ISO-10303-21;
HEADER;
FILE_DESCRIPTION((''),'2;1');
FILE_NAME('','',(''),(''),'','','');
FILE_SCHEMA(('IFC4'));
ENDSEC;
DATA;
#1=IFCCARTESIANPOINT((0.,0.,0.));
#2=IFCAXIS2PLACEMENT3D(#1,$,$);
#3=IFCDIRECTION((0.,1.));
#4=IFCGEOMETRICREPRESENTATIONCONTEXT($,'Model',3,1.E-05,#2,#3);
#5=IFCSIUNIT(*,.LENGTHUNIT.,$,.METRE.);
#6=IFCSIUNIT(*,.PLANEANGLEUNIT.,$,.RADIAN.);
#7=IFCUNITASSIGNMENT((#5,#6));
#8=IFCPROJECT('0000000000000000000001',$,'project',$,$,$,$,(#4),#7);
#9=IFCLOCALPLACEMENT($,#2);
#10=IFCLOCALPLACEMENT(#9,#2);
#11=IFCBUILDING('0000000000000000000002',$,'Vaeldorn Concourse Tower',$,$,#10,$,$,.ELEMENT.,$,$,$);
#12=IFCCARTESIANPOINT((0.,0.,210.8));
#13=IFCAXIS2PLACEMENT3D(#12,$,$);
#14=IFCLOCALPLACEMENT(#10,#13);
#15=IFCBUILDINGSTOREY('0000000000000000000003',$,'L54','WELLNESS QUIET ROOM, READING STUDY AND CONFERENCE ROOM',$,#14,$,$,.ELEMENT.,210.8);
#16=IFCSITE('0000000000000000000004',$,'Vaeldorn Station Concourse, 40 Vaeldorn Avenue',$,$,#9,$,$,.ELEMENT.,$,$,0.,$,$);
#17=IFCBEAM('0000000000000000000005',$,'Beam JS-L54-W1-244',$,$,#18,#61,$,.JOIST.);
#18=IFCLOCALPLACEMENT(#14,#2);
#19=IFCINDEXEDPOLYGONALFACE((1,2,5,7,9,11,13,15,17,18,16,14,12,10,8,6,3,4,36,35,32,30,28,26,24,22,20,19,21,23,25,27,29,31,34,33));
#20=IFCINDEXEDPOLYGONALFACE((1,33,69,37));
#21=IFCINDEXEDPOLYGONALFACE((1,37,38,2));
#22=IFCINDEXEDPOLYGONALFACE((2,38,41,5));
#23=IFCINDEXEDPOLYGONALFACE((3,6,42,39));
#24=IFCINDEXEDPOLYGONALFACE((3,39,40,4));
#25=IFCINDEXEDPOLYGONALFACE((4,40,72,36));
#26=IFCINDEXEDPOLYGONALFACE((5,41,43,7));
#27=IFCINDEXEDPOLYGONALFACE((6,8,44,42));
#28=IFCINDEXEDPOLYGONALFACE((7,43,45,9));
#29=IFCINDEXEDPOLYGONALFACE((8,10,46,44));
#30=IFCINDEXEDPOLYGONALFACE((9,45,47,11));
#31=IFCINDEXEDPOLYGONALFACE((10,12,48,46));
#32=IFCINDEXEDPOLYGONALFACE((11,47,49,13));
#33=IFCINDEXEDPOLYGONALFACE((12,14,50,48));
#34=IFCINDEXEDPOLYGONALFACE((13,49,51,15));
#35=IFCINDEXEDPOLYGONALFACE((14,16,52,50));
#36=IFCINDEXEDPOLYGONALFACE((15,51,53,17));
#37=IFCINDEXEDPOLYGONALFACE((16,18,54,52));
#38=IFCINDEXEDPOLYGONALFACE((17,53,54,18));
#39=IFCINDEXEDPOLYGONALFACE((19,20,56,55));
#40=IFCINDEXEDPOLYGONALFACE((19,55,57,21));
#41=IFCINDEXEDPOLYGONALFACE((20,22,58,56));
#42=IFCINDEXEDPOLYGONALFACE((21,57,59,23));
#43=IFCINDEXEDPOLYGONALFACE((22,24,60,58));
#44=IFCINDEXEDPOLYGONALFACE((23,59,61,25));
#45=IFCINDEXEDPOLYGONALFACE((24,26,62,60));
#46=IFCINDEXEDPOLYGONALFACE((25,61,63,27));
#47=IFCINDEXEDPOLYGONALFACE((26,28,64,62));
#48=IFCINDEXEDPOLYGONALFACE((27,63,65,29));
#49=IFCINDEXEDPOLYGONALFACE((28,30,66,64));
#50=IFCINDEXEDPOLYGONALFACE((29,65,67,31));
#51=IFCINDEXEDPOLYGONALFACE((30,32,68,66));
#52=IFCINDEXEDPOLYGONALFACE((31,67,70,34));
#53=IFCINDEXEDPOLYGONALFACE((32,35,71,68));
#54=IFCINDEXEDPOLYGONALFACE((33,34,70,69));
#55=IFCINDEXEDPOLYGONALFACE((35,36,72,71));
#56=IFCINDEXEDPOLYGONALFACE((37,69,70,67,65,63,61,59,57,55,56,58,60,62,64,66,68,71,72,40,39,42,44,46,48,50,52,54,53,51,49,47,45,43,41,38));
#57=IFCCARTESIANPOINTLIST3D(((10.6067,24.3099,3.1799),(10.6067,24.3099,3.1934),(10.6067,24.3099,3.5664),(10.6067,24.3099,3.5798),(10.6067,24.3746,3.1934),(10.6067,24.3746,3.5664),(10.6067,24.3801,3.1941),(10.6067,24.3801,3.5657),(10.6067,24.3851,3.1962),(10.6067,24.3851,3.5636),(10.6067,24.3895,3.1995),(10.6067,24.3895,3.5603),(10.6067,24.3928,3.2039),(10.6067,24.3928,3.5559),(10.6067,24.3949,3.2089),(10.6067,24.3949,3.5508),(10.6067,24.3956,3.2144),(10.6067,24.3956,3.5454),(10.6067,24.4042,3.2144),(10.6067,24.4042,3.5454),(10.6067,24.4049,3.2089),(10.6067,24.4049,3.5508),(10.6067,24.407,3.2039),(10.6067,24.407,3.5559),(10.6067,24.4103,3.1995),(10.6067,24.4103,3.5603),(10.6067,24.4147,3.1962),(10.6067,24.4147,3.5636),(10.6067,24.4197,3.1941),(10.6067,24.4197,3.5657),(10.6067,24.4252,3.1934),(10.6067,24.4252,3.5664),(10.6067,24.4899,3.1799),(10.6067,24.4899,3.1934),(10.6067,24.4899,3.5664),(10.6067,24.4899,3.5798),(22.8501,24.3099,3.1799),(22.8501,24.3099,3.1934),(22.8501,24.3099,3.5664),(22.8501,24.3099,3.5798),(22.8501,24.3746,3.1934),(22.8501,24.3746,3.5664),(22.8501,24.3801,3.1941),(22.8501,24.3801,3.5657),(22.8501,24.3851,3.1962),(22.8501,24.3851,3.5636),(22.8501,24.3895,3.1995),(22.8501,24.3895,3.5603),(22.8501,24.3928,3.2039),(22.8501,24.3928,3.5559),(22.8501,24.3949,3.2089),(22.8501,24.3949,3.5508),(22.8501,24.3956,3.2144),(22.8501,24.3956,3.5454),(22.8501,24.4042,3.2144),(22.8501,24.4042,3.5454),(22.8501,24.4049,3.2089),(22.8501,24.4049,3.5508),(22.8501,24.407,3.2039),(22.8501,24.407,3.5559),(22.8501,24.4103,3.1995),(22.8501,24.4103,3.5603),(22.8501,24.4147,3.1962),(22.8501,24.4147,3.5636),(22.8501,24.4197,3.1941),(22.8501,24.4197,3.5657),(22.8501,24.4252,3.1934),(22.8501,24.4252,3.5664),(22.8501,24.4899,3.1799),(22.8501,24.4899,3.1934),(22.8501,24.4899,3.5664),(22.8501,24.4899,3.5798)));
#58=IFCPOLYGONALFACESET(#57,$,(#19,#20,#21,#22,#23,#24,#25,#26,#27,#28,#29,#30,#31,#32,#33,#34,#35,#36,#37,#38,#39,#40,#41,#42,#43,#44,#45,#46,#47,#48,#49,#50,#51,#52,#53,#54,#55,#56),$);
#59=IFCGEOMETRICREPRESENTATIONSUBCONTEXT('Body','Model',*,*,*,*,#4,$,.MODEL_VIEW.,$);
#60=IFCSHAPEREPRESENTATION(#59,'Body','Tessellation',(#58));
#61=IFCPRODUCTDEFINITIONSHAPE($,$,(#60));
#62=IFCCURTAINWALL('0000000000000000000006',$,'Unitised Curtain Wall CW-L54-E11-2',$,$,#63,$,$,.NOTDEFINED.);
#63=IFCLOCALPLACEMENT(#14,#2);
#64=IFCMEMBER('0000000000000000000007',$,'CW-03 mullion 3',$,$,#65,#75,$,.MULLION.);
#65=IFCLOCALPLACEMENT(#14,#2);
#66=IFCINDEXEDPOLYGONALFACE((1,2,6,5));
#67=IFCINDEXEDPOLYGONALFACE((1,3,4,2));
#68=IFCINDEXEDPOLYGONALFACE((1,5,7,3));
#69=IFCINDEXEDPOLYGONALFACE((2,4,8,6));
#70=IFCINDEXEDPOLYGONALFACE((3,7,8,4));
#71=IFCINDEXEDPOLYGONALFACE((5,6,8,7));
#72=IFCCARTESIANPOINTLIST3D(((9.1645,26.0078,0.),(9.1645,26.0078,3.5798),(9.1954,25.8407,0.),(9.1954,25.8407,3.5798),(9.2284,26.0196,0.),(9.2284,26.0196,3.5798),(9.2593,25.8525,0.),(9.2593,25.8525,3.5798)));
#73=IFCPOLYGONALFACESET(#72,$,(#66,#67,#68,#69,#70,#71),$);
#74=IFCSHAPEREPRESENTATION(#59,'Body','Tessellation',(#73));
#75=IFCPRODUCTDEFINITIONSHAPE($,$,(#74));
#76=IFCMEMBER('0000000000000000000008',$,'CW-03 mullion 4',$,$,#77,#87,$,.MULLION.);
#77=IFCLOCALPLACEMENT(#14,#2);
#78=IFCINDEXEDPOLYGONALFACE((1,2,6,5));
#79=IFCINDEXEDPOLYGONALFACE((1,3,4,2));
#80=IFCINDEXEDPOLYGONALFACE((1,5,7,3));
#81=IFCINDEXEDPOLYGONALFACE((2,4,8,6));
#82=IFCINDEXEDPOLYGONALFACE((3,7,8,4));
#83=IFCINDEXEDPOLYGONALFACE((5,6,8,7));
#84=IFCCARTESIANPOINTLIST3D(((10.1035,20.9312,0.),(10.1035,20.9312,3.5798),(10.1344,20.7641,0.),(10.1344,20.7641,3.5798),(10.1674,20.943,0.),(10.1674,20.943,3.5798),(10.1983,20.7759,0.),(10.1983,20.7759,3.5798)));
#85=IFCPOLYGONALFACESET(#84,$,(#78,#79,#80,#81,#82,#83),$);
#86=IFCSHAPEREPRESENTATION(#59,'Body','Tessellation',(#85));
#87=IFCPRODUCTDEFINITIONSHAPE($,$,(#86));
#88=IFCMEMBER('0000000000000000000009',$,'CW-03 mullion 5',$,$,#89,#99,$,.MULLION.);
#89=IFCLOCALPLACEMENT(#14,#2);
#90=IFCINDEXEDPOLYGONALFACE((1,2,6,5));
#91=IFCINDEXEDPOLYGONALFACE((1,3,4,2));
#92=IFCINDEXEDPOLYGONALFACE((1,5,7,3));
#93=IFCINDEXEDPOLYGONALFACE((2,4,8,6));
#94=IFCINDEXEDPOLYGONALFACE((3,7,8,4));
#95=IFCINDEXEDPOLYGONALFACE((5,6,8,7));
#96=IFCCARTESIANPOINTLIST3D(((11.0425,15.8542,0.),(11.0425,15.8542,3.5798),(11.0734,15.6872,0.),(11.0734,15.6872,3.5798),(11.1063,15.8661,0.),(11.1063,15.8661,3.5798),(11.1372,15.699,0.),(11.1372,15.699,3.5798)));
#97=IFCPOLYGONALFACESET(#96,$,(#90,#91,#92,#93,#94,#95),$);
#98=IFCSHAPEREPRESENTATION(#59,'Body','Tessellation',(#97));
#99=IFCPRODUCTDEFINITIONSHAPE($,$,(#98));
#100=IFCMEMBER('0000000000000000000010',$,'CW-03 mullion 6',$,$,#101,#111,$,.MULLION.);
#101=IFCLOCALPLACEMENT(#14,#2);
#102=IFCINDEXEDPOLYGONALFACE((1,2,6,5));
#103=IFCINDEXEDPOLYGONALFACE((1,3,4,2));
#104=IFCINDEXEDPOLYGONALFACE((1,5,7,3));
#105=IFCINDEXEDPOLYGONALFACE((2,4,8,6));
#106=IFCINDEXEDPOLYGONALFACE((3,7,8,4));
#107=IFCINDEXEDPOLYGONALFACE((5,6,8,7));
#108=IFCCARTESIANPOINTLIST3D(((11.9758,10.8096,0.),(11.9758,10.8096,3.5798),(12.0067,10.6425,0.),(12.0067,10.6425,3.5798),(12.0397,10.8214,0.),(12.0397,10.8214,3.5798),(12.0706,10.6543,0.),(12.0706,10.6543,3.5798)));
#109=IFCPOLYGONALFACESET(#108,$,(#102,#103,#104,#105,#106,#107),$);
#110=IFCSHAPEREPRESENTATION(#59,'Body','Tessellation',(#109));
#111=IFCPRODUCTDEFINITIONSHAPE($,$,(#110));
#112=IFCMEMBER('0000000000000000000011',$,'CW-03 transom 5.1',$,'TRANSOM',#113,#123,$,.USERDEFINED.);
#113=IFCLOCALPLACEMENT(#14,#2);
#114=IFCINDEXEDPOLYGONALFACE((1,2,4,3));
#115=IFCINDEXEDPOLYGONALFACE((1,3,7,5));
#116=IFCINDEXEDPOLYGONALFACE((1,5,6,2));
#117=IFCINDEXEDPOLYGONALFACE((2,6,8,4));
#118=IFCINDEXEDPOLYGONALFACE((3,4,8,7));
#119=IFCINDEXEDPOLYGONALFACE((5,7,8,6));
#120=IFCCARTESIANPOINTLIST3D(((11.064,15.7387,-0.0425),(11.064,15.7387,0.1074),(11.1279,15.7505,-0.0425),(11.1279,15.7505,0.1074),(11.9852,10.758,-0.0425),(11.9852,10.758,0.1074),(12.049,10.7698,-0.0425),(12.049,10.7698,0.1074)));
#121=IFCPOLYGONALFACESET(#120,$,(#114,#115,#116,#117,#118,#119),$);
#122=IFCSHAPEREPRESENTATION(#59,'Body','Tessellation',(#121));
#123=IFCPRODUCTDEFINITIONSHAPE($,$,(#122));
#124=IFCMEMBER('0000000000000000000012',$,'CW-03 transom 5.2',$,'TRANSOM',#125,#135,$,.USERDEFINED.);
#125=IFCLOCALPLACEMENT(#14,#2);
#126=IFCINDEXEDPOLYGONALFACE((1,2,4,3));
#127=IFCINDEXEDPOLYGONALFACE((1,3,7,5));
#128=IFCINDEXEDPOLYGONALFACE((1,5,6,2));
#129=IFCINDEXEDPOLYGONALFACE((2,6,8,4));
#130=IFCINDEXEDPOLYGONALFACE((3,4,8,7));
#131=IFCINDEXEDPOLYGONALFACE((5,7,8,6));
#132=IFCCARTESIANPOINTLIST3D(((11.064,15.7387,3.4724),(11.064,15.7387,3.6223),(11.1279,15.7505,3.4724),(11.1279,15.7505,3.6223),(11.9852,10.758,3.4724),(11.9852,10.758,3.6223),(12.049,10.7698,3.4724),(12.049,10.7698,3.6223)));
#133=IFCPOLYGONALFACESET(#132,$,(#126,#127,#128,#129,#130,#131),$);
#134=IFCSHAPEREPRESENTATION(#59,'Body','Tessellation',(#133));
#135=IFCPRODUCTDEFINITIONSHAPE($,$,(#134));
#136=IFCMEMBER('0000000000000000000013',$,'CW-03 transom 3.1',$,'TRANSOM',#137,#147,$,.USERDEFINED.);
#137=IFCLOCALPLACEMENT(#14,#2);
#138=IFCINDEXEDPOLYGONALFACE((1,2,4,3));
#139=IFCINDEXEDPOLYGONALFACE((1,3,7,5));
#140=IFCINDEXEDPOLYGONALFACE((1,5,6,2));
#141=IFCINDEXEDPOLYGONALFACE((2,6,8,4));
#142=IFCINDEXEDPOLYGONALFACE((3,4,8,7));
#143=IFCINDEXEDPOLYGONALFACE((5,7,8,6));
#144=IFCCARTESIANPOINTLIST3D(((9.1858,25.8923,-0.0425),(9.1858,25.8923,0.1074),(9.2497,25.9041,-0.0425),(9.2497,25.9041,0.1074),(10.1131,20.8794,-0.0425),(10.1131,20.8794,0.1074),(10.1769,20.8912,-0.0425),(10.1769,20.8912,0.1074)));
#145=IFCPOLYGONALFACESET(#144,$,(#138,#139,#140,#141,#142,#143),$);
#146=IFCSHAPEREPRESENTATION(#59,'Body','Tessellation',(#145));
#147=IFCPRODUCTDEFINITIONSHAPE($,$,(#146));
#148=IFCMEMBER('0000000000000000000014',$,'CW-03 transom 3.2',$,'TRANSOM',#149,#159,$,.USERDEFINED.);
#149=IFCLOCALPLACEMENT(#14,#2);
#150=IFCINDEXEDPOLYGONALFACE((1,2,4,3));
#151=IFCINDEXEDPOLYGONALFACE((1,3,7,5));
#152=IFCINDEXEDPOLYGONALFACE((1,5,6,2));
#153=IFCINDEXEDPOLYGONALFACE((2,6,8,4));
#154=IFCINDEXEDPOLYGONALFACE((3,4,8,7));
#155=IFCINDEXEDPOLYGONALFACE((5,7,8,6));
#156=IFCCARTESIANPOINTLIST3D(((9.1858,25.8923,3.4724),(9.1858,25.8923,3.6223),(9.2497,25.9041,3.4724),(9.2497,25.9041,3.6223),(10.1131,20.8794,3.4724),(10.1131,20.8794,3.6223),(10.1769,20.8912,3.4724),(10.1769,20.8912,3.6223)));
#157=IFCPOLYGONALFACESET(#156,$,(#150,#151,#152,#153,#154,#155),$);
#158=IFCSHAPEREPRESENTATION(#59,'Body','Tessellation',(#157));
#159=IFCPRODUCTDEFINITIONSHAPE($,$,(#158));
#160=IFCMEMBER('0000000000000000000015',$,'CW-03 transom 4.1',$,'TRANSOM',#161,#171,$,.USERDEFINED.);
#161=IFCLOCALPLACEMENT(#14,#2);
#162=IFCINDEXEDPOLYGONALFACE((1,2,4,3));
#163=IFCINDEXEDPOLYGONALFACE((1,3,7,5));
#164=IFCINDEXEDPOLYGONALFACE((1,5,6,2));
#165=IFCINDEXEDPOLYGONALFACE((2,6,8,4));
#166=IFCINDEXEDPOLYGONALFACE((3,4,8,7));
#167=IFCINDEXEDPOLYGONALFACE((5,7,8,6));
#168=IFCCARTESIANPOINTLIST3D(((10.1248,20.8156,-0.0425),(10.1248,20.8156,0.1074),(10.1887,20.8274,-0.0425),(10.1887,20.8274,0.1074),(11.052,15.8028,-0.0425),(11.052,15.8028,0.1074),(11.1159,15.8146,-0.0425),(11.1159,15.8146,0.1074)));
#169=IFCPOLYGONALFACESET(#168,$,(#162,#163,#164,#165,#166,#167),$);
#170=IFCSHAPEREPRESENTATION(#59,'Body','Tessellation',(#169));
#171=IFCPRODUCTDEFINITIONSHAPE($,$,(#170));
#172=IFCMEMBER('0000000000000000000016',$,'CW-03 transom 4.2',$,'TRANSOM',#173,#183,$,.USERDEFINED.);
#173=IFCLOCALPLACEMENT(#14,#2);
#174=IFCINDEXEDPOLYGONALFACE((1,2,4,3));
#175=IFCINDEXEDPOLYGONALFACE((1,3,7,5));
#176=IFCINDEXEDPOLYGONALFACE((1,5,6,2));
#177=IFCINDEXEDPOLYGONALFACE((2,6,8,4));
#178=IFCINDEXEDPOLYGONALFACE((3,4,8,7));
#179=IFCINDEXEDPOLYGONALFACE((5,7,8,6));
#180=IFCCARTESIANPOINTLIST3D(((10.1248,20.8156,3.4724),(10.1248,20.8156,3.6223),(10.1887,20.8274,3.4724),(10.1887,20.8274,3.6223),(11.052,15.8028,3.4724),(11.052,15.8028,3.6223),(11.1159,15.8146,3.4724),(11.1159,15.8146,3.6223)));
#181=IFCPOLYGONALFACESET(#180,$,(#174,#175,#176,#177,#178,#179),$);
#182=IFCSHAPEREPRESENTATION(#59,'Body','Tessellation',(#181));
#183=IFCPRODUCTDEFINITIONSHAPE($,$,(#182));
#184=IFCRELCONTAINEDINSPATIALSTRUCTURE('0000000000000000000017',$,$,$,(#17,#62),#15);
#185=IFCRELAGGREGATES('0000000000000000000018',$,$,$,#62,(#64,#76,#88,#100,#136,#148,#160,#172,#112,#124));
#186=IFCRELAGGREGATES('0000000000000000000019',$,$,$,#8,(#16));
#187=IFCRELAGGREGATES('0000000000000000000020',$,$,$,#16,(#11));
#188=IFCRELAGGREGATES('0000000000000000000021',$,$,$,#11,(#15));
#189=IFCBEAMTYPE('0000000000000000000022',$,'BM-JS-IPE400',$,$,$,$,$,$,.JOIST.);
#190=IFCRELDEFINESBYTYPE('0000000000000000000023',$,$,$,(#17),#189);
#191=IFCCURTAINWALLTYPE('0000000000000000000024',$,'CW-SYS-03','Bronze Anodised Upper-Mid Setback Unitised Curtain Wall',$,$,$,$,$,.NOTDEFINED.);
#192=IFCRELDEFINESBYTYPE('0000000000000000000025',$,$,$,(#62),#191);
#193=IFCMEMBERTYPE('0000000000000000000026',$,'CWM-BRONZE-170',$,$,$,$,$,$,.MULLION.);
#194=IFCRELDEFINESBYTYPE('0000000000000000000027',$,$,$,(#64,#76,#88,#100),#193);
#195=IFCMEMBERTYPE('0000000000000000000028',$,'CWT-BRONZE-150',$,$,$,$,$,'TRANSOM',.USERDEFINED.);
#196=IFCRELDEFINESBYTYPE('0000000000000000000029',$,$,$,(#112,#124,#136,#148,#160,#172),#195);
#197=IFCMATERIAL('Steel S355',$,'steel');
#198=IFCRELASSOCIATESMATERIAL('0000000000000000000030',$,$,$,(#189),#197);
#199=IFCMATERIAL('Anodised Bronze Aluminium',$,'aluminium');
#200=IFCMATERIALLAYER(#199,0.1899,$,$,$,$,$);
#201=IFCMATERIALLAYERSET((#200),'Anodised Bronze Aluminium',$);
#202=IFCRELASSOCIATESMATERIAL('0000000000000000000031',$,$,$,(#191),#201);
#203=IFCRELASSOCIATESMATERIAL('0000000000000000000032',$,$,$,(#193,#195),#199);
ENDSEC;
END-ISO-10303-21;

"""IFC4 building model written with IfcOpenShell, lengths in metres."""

from ifc_helpers import new_model, si_unit, direction, frame, origin, origin_2d, place, context, subcontext, project, spatial, rectangle, i_section, extrude, source, transform, mapped, material, layer, layer_set, material_profile, profile_set, type_object, element, aggregate, save


model = new_model("IFC4")

# Units and contexts
model_context = context("Model", 3, precision=1e-05, world=origin(), true_north=direction((0.0, 1.0)))
body_context = subcontext(model_context, "Body", "Model", "MODEL_VIEW")
ifc_project = project(units=[si_unit("LENGTHUNIT", "METRE"), si_unit("PLANEANGLEUNIT", "RADIAN")], contexts=[model_context])

# Site, building, storey
site_placement = place(None, origin())
site = spatial("IfcSite", under=ifc_project, at=site_placement, Name="Vaeldorn Station Concourse, 40 Vaeldorn Avenue", CompositionType="ELEMENT", RefElevation=0.0)
building_placement = place(site_placement, origin())
building = spatial("IfcBuilding", under=site, at=building_placement, Name="Vaeldorn Concourse Tower", CompositionType="ELEMENT")
storey_placement = place(building_placement, frame((0.0, 0.0, 210.8)))
storey = spatial("IfcBuildingStorey", under=building, at=storey_placement, Name="L54", Description="WELLNESS QUIET ROOM, READING STUDY AND CONFERENCE ROOM", CompositionType="ELEMENT", Elevation=210.8)

# Shared definitions
ifc_material_1 = material(Name="Steel S355", Category="steel")

# Beam
ifc_material_profile_1 = material_profile(ifc_material_1, i_section(OverallWidth=0.1799, OverallDepth=0.3999, WebThickness=0.0085, FlangeThickness=0.0134, FilletRadius=0.021, at=origin_2d()), Name="IPE 400")
ifc_profile_set_1 = profile_set([ifc_material_profile_1], Name="Steel S355")
beam_type_1 = type_object("IfcBeamType", Name="BM-JS-IPE400", PredefinedType="JOIST", material=ifc_profile_set_1)
shared_shape_1 = source(origin(), body_context, "Body", "SweptSolid", [
    extrude(i_section(OverallWidth=0.1799, OverallDepth=0.3999, WebThickness=0.0085, FlangeThickness=0.0134, FilletRadius=0.021, at=origin_2d()), origin(), (0.0, 0.0, 1.0), 12.2434),
])
beam_1_placement = place(storey_placement, frame((10.6067, 24.3999, 3.3799), z_axis=(1.0, 0.0, 0.0), x_axis=(0.0, 1.0, 0.0)))
element("IfcBeam", 1, at=beam_1_placement, inside=storey, type_object=beam_type_1, Name="Beam JS-L54-W1-244", PredefinedType="JOIST", context=body_context, shape_type="MappedRepresentation", body=[
    mapped(shared_shape_1, transform((0.0, 0.0, 0.0), scale=1.0)),
])

# Curtain wall, members
ifc_material_2 = material(Name="Anodised Bronze Aluminium", Category="aluminium")
ifc_layer_1 = layer(ifc_material_2, 0.1899)
ifc_layer_set_1 = layer_set([ifc_layer_1], Name="Anodised Bronze Aluminium")
curtain_wall_type = type_object("IfcCurtainWallType", Name="CW-SYS-03", Description="Bronze Anodised Upper-Mid Setback Unitised Curtain Wall", PredefinedType="NOTDEFINED", material=ifc_layer_set_1)
curtain_wall_placement = place(storey_placement, origin())
curtain_wall = element("IfcCurtainWall", 2, at=curtain_wall_placement, inside=storey, type_object=curtain_wall_type, Name="Unitised Curtain Wall CW-L54-E11-2", PredefinedType="NOTDEFINED")
ifc_material_profile_2 = material_profile(ifc_material_2, rectangle(XDim=0.0649, YDim=0.1699, at=origin_2d()), Name="CWM 65x170")
ifc_profile_set_2 = profile_set([ifc_material_profile_2], Name="Anodised Bronze Aluminium")
member_type_1 = type_object("IfcMemberType", Name="CWM-BRONZE-170", PredefinedType="MULLION", material=ifc_profile_set_2)
shared_shape_2 = source(origin(), body_context, "Body", "SweptSolid", [
    extrude(rectangle(XDim=0.0649, YDim=0.1699, at=origin_2d()), origin(), (0.0, 0.0, 1.0), 3.5798),
])
member_1_placement = place(storey_placement, frame((9.2119, 25.9302, 0.0), z_axis=(0.0, 0.0, 1.0), x_axis=(0.983319, 0.181889, 0.0)))
member_1 = element("IfcMember", 3, at=member_1_placement, type_object=member_type_1, Name="CW-03 mullion 3", PredefinedType="MULLION", context=body_context, shape_type="MappedRepresentation", body=[
    mapped(shared_shape_2, transform((0.0, 0.0, 0.0), scale=1.0)),
])
member_2_placement = place(storey_placement, frame((10.1509, 20.8535, 0.0), z_axis=(0.0, 0.0, 1.0), x_axis=(0.983319, 0.181889, 0.0)))
member_2 = element("IfcMember", 4, at=member_2_placement, type_object=member_type_1, Name="CW-03 mullion 4", PredefinedType="MULLION", context=body_context, shape_type="MappedRepresentation", body=[
    mapped(shared_shape_2, transform((0.0, 0.0, 0.0), scale=1.0)),
])
member_3_placement = place(storey_placement, frame((11.0898, 15.7766, 0.0), z_axis=(0.0, 0.0, 1.0), x_axis=(0.983319, 0.181889, 0.0)))
member_3 = element("IfcMember", 5, at=member_3_placement, type_object=member_type_1, Name="CW-03 mullion 5", PredefinedType="MULLION", context=body_context, shape_type="MappedRepresentation", body=[
    mapped(shared_shape_2, transform((0.0, 0.0, 0.0), scale=1.0)),
])
member_4_placement = place(storey_placement, frame((12.0232, 10.7319, 0.0), z_axis=(0.0, 0.0, 1.0), x_axis=(0.983319, 0.181889, 0.0)))
member_4 = element("IfcMember", 6, at=member_4_placement, type_object=member_type_1, Name="CW-03 mullion 6", PredefinedType="MULLION", context=body_context, shape_type="MappedRepresentation", body=[
    mapped(shared_shape_2, transform((0.0, 0.0, 0.0), scale=1.0)),
])
ifc_material_profile_3 = material_profile(ifc_material_2, rectangle(XDim=0.0649, YDim=0.1499, at=origin_2d()), Name="CWT 65x150")
ifc_profile_set_3 = profile_set([ifc_material_profile_3], Name="Anodised Bronze Aluminium")
member_type_2 = type_object("IfcMemberType", Name="CWT-BRONZE-150", ElementType="TRANSOM", PredefinedType="USERDEFINED", material=ifc_profile_set_3)
shared_shape_3 = source(origin(), body_context, "Body", "SweptSolid", [
    extrude(rectangle(XDim=0.0649, YDim=0.1499, at=origin_2d()), origin(), (0.0, 0.0, 1.0), 5.0652),
])
member_5_placement = place(storey_placement, frame((11.0959, 15.7446, 0.0325), z_axis=(0.181858, -0.983325, 0.0), x_axis=(0.983325, 0.181858, 0.0)))
member_5 = element("IfcMember", 7, at=member_5_placement, type_object=member_type_2, Name="CW-03 transom 5.1", ObjectType="TRANSOM", PredefinedType="USERDEFINED", context=body_context, shape_type="MappedRepresentation", body=[
    mapped(shared_shape_3, transform((0.0, 0.0, 0.0), scale=1.0)),
])
member_6_placement = place(storey_placement, frame((11.0959, 15.7446, 3.5474), z_axis=(0.181858, -0.983325, 0.0), x_axis=(0.983325, 0.181858, 0.0)))
member_6 = element("IfcMember", 8, at=member_6_placement, type_object=member_type_2, Name="CW-03 transom 5.2", ObjectType="TRANSOM", PredefinedType="USERDEFINED", context=body_context, shape_type="MappedRepresentation", body=[
    mapped(shared_shape_3, transform((0.0, 0.0, 0.0), scale=1.0)),
])
shared_shape_4 = source(origin(), body_context, "Body", "SweptSolid", [
    extrude(rectangle(XDim=0.0649, YDim=0.1499, at=origin_2d()), origin(), (0.0, 0.0, 1.0), 5.0979),
])
member_7_placement = place(storey_placement, frame((9.2178, 25.8982, 0.0325), z_axis=(0.181885, -0.98332, 0.0), x_axis=(0.98332, 0.181885, 0.0)))
member_7 = element("IfcMember", 9, at=member_7_placement, type_object=member_type_2, Name="CW-03 transom 3.1", ObjectType="TRANSOM", PredefinedType="USERDEFINED", context=body_context, shape_type="MappedRepresentation", body=[
    mapped(shared_shape_4, transform((0.0, 0.0, 0.0), scale=1.0)),
])
member_8_placement = place(storey_placement, frame((9.2178, 25.8982, 3.5474), z_axis=(0.181885, -0.98332, 0.0), x_axis=(0.98332, 0.181885, 0.0)))
member_8 = element("IfcMember", 10, at=member_8_placement, type_object=member_type_2, Name="CW-03 transom 3.2", ObjectType="TRANSOM", PredefinedType="USERDEFINED", context=body_context, shape_type="MappedRepresentation", body=[
    mapped(shared_shape_4, transform((0.0, 0.0, 0.0), scale=1.0)),
])
member_9_placement = place(storey_placement, frame((10.1567, 20.8215, 0.0325), z_axis=(0.181885, -0.98332, 0.0), x_axis=(0.98332, 0.181885, 0.0)))
member_9 = element("IfcMember", 11, at=member_9_placement, type_object=member_type_2, Name="CW-03 transom 4.1", ObjectType="TRANSOM", PredefinedType="USERDEFINED", context=body_context, shape_type="MappedRepresentation", body=[
    mapped(shared_shape_4, transform((0.0, 0.0, 0.0), scale=1.0)),
])
member_10_placement = place(storey_placement, frame((10.1567, 20.8215, 3.5474), z_axis=(0.181885, -0.98332, 0.0), x_axis=(0.98332, 0.181885, 0.0)))
member_10 = element("IfcMember", 12, at=member_10_placement, type_object=member_type_2, Name="CW-03 transom 4.2", ObjectType="TRANSOM", PredefinedType="USERDEFINED", context=body_context, shape_type="MappedRepresentation", body=[
    mapped(shared_shape_4, transform((0.0, 0.0, 0.0), scale=1.0)),
])
aggregate(curtain_wall, [member_1, member_2, member_3, member_4, member_7, member_8, member_9, member_10, member_5, member_6])

save(model, "model.ifc")
